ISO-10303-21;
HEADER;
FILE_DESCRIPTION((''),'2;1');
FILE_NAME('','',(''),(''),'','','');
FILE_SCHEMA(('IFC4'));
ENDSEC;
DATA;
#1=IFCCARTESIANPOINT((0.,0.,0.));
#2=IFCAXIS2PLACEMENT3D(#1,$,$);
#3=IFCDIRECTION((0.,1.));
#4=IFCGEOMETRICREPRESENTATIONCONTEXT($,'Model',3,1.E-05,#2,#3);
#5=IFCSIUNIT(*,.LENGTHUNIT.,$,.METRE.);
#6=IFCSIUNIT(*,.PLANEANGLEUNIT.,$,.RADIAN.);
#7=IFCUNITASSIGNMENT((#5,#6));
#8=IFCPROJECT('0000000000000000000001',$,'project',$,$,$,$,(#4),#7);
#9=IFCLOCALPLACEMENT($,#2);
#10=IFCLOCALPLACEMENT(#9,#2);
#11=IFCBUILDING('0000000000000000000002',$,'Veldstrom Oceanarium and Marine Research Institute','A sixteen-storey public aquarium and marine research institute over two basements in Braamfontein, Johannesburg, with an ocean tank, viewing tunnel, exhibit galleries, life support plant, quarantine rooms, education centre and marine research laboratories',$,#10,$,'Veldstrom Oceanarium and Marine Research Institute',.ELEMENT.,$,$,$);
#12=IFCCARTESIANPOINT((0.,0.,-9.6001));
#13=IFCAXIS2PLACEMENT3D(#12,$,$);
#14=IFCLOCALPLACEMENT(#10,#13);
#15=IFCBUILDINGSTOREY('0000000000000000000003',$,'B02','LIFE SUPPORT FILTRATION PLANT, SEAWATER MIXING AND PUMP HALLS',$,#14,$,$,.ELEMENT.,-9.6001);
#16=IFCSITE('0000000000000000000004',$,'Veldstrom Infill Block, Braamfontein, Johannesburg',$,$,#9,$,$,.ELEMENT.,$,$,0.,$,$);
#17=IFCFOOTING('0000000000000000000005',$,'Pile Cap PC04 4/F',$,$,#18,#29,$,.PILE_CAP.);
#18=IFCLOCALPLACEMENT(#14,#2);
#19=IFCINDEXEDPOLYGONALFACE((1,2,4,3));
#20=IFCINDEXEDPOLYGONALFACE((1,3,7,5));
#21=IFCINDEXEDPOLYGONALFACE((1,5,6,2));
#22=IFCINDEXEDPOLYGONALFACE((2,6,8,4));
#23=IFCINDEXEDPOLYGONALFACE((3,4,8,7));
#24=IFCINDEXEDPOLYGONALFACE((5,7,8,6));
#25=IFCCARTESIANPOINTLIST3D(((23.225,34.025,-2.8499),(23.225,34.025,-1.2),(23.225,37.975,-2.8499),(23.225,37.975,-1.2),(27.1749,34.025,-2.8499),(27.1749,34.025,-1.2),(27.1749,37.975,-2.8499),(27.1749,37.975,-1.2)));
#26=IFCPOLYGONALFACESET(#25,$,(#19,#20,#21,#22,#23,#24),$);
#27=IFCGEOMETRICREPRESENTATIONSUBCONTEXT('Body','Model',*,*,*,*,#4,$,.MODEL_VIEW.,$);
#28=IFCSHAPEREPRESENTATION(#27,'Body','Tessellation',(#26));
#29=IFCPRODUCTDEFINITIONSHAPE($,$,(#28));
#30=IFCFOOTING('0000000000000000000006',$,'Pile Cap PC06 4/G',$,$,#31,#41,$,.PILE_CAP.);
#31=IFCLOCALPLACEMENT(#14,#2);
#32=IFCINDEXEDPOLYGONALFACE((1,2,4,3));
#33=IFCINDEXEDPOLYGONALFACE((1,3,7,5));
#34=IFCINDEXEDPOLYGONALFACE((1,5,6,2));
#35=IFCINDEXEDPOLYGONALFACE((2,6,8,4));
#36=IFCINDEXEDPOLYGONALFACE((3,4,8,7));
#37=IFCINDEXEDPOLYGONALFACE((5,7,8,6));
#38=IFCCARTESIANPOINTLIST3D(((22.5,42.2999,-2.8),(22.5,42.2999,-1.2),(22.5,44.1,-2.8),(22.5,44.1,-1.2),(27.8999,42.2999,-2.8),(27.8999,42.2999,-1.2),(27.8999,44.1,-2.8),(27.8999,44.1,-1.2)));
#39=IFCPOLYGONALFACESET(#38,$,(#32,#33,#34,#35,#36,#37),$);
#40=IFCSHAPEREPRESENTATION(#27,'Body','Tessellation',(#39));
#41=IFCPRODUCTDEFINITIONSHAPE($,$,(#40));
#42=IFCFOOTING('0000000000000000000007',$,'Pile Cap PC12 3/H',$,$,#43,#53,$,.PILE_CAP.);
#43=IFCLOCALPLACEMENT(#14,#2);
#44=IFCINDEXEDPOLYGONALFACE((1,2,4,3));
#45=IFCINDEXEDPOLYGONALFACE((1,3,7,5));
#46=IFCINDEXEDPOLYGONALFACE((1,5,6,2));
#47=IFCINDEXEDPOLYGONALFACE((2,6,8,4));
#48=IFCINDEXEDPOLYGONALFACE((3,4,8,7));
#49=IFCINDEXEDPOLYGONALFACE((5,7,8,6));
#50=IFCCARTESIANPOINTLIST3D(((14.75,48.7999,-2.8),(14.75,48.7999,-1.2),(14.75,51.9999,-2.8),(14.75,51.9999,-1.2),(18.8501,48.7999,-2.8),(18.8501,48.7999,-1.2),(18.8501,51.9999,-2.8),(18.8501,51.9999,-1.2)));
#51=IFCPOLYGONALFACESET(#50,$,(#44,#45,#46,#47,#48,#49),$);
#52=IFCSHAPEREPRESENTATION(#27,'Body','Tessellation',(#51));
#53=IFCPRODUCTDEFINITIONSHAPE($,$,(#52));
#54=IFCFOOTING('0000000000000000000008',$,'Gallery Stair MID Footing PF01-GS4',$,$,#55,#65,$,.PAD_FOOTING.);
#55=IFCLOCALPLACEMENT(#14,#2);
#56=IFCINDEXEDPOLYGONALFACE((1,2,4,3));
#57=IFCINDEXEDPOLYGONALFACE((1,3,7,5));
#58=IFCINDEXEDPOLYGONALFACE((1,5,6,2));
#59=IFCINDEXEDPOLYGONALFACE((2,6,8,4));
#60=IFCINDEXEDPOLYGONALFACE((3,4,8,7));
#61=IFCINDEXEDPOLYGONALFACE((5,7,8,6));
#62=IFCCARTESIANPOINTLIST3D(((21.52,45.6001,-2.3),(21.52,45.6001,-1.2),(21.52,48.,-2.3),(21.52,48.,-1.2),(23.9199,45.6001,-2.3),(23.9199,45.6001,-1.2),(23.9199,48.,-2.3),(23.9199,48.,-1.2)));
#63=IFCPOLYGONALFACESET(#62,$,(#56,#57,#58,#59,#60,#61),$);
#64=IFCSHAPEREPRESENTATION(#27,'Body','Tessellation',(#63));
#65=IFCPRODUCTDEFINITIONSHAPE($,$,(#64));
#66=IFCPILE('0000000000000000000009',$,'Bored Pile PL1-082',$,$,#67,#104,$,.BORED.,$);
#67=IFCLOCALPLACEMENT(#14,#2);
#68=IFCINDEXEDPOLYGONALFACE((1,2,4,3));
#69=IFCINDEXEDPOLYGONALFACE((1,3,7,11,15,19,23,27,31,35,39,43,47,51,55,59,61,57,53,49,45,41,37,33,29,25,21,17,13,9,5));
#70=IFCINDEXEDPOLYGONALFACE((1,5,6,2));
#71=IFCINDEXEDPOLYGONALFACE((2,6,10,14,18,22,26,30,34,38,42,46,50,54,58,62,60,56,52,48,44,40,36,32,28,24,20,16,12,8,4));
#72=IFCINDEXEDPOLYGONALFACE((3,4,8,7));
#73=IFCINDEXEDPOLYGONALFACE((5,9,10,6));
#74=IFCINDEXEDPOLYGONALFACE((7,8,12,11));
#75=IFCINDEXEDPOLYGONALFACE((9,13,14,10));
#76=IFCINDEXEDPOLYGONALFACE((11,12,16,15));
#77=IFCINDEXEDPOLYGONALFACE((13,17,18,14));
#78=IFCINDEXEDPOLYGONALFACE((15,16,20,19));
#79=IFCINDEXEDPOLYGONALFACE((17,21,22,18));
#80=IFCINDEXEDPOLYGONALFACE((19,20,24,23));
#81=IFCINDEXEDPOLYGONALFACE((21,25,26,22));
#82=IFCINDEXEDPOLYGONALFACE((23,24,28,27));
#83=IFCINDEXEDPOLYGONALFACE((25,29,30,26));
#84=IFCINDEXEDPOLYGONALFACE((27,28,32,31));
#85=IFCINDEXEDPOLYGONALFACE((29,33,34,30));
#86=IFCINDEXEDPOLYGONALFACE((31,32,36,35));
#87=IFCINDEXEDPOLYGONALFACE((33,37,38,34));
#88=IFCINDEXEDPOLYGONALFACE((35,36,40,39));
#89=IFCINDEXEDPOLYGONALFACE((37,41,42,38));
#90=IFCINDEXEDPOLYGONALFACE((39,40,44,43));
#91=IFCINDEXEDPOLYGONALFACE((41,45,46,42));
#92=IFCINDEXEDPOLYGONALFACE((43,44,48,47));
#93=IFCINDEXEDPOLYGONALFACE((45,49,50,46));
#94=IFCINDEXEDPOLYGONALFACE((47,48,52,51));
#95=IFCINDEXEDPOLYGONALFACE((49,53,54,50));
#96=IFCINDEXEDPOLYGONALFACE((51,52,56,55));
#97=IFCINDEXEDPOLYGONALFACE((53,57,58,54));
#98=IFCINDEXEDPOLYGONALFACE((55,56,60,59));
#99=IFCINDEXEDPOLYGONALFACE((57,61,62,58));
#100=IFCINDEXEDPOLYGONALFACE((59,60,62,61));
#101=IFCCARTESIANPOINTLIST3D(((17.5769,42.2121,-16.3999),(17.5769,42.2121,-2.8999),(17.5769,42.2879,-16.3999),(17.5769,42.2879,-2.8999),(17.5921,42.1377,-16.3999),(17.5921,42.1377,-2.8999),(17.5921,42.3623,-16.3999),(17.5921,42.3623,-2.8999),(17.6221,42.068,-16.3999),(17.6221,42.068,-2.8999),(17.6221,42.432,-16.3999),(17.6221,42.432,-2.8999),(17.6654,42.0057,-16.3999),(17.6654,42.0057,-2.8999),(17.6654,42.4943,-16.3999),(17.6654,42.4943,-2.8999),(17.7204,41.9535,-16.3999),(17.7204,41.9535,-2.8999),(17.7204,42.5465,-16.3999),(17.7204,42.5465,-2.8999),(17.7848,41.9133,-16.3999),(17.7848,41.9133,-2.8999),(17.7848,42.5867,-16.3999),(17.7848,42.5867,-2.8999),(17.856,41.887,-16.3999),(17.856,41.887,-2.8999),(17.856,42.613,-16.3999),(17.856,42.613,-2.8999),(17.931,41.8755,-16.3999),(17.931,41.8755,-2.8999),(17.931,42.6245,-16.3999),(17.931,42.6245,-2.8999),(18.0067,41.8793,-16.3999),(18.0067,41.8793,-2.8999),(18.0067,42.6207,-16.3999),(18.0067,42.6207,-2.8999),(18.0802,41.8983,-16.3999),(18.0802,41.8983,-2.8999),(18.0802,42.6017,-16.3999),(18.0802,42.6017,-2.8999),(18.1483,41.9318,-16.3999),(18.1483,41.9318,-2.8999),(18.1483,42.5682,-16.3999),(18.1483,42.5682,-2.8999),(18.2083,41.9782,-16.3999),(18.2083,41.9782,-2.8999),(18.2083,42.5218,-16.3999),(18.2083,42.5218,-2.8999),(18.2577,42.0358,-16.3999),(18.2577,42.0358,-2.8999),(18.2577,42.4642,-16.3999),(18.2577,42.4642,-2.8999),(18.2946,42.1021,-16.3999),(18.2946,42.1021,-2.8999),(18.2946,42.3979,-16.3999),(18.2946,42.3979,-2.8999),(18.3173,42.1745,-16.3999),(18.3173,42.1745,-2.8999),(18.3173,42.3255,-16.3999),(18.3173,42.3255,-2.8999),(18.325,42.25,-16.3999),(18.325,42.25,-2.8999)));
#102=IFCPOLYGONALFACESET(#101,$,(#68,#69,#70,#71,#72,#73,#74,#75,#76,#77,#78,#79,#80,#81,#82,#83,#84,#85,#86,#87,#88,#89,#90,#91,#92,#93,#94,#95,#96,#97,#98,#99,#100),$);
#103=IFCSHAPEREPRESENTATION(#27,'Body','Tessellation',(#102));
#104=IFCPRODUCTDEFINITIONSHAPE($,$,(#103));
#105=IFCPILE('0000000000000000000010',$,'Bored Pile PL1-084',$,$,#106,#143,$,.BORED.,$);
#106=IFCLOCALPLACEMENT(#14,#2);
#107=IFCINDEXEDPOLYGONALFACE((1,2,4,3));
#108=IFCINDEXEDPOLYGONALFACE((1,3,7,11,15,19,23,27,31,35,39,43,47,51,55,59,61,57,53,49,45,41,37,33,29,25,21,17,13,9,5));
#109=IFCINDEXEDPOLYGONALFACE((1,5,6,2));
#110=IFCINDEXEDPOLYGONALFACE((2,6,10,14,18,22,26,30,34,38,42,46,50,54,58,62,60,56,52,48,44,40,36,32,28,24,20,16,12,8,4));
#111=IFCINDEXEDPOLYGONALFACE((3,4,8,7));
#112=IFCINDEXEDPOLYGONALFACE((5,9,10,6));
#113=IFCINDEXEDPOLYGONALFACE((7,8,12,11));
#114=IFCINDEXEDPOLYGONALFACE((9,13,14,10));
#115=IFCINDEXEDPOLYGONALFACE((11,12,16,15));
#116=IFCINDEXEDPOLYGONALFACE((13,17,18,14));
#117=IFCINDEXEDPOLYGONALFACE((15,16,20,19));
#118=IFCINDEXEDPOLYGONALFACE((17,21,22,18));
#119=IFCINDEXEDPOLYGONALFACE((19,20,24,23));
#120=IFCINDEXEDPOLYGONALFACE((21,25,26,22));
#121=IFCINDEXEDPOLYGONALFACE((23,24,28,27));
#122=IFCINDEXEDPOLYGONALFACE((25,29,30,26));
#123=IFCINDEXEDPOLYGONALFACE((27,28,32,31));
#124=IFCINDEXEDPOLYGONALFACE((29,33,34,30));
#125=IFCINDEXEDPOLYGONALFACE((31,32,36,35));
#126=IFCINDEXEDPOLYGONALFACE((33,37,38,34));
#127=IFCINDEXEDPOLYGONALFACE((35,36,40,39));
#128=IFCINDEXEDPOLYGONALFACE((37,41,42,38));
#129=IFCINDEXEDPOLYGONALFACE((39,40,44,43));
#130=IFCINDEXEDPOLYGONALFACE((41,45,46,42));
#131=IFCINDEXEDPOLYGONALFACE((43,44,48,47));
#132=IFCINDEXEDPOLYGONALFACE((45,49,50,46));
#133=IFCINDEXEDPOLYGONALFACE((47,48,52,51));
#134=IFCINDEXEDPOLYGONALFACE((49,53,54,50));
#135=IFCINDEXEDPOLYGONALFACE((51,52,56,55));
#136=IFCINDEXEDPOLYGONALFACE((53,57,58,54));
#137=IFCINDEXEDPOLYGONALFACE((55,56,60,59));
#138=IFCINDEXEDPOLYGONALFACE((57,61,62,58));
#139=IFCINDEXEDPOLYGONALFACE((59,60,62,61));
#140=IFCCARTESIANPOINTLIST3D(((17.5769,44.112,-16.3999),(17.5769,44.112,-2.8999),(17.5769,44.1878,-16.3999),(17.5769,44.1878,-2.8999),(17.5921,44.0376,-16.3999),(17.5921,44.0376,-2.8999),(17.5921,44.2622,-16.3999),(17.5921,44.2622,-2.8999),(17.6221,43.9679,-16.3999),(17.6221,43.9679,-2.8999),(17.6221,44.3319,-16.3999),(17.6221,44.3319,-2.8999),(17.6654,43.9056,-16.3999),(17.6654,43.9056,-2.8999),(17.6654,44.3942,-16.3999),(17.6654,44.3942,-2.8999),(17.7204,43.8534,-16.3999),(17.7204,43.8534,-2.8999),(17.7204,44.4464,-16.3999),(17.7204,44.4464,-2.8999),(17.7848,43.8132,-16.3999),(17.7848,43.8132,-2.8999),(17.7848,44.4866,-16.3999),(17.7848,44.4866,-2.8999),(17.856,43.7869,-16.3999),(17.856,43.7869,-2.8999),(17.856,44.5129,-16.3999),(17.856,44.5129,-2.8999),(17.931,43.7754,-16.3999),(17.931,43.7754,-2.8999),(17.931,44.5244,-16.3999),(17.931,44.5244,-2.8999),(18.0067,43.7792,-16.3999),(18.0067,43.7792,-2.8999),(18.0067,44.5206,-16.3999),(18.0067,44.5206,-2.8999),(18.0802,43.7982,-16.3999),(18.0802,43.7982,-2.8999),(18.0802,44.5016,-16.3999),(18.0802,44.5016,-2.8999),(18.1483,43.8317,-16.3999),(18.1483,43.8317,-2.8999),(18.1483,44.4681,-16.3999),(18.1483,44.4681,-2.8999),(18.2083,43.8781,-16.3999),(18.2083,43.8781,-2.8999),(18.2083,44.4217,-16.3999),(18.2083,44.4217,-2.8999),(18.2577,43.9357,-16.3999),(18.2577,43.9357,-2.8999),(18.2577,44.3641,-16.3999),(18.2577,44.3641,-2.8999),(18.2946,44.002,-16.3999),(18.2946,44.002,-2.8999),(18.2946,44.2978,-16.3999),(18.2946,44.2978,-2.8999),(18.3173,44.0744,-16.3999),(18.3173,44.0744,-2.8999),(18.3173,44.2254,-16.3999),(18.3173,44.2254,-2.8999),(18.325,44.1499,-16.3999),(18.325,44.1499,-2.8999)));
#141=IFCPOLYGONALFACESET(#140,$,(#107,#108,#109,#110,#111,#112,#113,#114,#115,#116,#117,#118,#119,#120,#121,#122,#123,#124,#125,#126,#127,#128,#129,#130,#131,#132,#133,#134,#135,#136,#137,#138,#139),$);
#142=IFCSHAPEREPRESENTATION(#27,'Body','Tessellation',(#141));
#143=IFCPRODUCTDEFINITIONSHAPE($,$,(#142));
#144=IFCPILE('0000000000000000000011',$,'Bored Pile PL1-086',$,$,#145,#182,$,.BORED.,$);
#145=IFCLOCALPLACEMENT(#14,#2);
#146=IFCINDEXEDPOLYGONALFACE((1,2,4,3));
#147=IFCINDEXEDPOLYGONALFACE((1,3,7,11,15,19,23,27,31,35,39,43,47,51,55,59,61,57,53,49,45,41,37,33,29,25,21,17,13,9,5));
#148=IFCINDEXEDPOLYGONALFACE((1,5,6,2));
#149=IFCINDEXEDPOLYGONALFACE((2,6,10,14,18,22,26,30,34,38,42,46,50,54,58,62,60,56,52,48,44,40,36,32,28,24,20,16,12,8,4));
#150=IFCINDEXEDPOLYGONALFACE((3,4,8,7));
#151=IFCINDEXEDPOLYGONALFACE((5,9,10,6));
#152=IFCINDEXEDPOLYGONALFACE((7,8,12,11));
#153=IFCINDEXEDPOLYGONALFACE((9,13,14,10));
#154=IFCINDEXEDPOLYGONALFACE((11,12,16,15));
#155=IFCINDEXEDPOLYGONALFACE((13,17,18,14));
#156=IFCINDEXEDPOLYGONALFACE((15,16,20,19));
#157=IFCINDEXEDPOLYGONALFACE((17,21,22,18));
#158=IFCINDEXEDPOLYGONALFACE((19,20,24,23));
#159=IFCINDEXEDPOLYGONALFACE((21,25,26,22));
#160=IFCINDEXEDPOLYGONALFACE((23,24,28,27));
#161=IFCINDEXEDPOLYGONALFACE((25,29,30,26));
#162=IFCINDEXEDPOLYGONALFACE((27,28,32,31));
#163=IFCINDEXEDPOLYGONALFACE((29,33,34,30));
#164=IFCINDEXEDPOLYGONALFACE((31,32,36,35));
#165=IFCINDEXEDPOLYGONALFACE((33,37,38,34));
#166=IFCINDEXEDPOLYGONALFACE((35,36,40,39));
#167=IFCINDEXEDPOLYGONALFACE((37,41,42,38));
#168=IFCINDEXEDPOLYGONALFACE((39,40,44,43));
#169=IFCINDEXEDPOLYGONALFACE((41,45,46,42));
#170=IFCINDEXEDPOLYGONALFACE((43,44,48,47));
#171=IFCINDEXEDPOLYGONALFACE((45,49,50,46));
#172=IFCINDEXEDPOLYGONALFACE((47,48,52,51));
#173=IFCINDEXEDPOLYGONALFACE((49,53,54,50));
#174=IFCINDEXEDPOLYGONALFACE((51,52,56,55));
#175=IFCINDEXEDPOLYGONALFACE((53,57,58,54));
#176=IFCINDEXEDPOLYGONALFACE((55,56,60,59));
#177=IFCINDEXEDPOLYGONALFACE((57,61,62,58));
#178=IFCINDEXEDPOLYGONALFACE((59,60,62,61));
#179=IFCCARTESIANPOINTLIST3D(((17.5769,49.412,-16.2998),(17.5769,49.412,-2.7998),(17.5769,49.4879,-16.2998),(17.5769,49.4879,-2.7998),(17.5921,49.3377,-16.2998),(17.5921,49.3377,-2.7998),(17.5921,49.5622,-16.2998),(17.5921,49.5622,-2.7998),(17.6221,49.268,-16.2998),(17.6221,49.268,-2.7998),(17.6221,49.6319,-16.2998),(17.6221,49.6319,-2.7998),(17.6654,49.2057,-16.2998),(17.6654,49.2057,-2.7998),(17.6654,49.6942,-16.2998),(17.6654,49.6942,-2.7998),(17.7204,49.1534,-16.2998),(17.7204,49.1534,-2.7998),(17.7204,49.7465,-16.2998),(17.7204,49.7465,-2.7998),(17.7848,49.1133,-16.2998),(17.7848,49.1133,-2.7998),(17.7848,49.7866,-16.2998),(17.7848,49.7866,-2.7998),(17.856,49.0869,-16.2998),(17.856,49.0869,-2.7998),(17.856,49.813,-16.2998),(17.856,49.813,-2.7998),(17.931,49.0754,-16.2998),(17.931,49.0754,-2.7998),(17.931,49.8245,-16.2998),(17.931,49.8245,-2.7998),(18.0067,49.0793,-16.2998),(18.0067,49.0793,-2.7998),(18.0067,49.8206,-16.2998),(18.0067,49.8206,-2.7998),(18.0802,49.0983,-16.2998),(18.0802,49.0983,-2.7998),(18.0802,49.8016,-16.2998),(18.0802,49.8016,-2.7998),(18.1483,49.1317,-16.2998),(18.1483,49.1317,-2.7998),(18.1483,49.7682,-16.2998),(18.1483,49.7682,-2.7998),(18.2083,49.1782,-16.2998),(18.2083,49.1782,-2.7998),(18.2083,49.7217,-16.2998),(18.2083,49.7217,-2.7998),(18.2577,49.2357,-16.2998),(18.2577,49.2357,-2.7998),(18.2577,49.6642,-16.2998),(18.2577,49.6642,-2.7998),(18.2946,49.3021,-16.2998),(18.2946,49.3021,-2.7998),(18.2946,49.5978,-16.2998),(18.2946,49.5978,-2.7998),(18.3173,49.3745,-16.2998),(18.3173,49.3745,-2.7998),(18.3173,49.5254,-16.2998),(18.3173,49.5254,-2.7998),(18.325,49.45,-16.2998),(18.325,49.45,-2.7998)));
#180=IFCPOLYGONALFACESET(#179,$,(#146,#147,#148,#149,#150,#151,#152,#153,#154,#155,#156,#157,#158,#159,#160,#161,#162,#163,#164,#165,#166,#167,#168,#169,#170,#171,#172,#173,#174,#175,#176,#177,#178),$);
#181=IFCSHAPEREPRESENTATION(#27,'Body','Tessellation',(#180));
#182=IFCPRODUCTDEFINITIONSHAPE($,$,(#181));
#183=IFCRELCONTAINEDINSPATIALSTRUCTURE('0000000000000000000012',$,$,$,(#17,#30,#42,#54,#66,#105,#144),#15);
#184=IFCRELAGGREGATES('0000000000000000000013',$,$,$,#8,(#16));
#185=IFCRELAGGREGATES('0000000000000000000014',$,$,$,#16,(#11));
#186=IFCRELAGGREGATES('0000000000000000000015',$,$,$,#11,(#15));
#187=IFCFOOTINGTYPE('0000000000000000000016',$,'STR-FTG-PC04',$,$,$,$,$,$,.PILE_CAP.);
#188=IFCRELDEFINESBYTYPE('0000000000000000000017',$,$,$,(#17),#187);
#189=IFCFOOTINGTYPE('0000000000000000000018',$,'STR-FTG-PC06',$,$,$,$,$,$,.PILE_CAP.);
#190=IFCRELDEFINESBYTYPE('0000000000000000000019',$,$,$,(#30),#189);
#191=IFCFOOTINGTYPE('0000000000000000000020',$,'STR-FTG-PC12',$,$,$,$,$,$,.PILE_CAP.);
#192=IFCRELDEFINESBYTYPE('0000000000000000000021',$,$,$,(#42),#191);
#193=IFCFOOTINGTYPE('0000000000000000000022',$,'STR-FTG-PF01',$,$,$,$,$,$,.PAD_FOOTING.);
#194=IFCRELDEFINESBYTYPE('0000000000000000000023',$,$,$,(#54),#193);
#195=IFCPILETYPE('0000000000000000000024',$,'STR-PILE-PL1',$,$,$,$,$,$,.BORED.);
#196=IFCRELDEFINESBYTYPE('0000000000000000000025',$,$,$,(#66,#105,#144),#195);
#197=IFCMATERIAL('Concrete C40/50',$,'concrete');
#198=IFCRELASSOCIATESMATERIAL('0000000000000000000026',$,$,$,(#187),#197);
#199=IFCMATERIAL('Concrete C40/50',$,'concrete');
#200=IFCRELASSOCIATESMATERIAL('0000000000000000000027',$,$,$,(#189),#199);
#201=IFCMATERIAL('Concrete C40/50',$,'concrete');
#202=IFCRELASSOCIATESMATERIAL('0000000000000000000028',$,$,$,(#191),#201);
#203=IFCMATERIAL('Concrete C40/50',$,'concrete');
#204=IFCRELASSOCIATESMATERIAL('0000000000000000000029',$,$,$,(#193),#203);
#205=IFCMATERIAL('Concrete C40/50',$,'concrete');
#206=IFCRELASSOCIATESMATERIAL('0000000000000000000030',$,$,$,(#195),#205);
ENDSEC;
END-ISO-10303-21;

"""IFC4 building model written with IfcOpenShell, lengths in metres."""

from ifc_helpers import new_model, si_unit, direction, frame, origin, origin_2d, place, context, subcontext, project, spatial, rectangle, circle, extrude, material, material_profile, profile_set, type_object, element, save


model = new_model("IFC4")

# Units and contexts
model_context = context("Model", 3, precision=1e-05, world=origin(), true_north=direction((0.0, 1.0)))
body_context = subcontext(model_context, "Body", "Model", "MODEL_VIEW")
ifc_project = project(units=[si_unit("LENGTHUNIT", "METRE"), si_unit("PLANEANGLEUNIT", "RADIAN")], contexts=[model_context])

# Site, building, storey
site_placement = place(None, origin())
site = spatial("IfcSite", under=ifc_project, at=site_placement, Name="Veldstrom Infill Block, Braamfontein, Johannesburg", CompositionType="ELEMENT", RefElevation=0.0)
building_placement = place(site_placement, origin())
building = spatial("IfcBuilding", under=site, at=building_placement, Name="Veldstrom Oceanarium and Marine Research Institute", Description="A sixteen-storey public aquarium and marine research institute over two basements in Braamfontein, Johannesburg, with an ocean tank, viewing tunnel, exhibit galleries, life support plant, quarantine rooms, education centre and marine research laboratories", LongName="Veldstrom Oceanarium and Marine Research Institute", CompositionType="ELEMENT")
storey_placement = place(building_placement, frame((0.0, 0.0, -9.6001)))
storey = spatial("IfcBuildingStorey", under=building, at=storey_placement, Name="B02", Description="LIFE SUPPORT FILTRATION PLANT, SEAWATER MIXING AND PUMP HALLS", CompositionType="ELEMENT", Elevation=-9.6001)

# Footings
ifc_material_1 = material(Name="Concrete C40/50", Category="concrete")
footing_type_1 = type_object("IfcFootingType", Name="STR-FTG-PC04", PredefinedType="PILE_CAP", material=ifc_material_1)
footing_1_placement = place(storey_placement, frame((25.2, 36.0, -2.8499), z_axis=(0.0, 0.0, 1.0), x_axis=(1.0, 0.0, 0.0)))
element("IfcFooting", 1, at=footing_1_placement, inside=storey, type_object=footing_type_1, Name="Pile Cap PC04 4/F", PredefinedType="PILE_CAP", context=body_context, shape_type="SweptSolid", body=[
    extrude(rectangle(XDim=3.95, YDim=3.95, at=origin_2d()), origin(), (0.0, 0.0, 1.0), 1.6499),
])
ifc_material_2 = material(Name="Concrete C40/50", Category="concrete")
footing_type_2 = type_object("IfcFootingType", Name="STR-FTG-PC06", PredefinedType="PILE_CAP", material=ifc_material_2)
footing_2_placement = place(storey_placement, frame((25.2, 43.2, -2.8), z_axis=(0.0, 0.0, 1.0), x_axis=(1.0, 0.0, 0.0)))
element("IfcFooting", 2, at=footing_2_placement, inside=storey, type_object=footing_type_2, Name="Pile Cap PC06 4/G", PredefinedType="PILE_CAP", context=body_context, shape_type="SweptSolid", body=[
    extrude(rectangle(XDim=5.3999, YDim=1.8, at=origin_2d()), origin(), (0.0, 0.0, 1.0), 1.6001),
])
ifc_material_3 = material(Name="Concrete C40/50", Category="concrete")
footing_type_3 = type_object("IfcFootingType", Name="STR-FTG-PC12", PredefinedType="PILE_CAP", material=ifc_material_3)
footing_3_placement = place(storey_placement, frame((16.8, 50.3999, -2.8), z_axis=(0.0, 0.0, 1.0), x_axis=(1.0, 0.0, 0.0)))
element("IfcFooting", 3, at=footing_3_placement, inside=storey, type_object=footing_type_3, Name="Pile Cap PC12 3/H", PredefinedType="PILE_CAP", context=body_context, shape_type="SweptSolid", body=[
    extrude(rectangle(XDim=4.1001, YDim=3.2, at=origin_2d()), origin(), (0.0, 0.0, 1.0), 1.6001),
])
ifc_material_4 = material(Name="Concrete C40/50", Category="concrete")
footing_type_4 = type_object("IfcFootingType", Name="STR-FTG-PF01", PredefinedType="PAD_FOOTING", material=ifc_material_4)
footing_4_placement = place(storey_placement, frame((22.72, 46.8, -2.3), z_axis=(0.0, 0.0, 1.0), x_axis=(1.0, 0.0, 0.0)))
element("IfcFooting", 4, at=footing_4_placement, inside=storey, type_object=footing_type_4, Name="Gallery Stair MID Footing PF01-GS4", PredefinedType="PAD_FOOTING", context=body_context, shape_type="SweptSolid", body=[
    extrude(rectangle(XDim=2.3999, YDim=2.3999, at=origin_2d()), origin(), (0.0, 0.0, 1.0), 1.1001),
])

# Piles
ifc_material_5 = material(Name="Concrete C40/50", Category="concrete")
ifc_material_profile_1 = material_profile(ifc_material_5, circle(Radius=0.375, at=origin_2d()), Name="PILE-D750")
ifc_profile_set_1 = profile_set([ifc_material_profile_1], Name="Concrete C40/50")
pile_type_1 = type_object("IfcPileType", Name="STR-PILE-PL1", PredefinedType="BORED", material=ifc_profile_set_1)
for number, where, z_axis, x_axis, name in (
    (5, (17.95, 42.25, -2.8999), (0.0, 0.0, -1.0), (1.0, 0.0, 0.0), "Bored Pile PL1-082"),
    (6, (17.95, 44.1499, -2.8999), (0.0, 0.0, -1.0), (1.0, 0.0, 0.0), "Bored Pile PL1-084"),
    (7, (17.95, 49.45, -2.7998), (0.0, 0.0, -1.0), (1.0, 0.0, 0.0), "Bored Pile PL1-086"),
):
    element("IfcPile", number, at=place(storey_placement, frame(where, z_axis=z_axis, x_axis=x_axis)), inside=storey, type_object=pile_type_1, Name=name, PredefinedType="BORED", context=body_context, shape_type="SweptSolid", body=[
        extrude(circle(Radius=0.375, at=origin_2d()), origin(), (0.0, 0.0, 1.0), 13.5),
    ])

save(model, "model.ifc")
